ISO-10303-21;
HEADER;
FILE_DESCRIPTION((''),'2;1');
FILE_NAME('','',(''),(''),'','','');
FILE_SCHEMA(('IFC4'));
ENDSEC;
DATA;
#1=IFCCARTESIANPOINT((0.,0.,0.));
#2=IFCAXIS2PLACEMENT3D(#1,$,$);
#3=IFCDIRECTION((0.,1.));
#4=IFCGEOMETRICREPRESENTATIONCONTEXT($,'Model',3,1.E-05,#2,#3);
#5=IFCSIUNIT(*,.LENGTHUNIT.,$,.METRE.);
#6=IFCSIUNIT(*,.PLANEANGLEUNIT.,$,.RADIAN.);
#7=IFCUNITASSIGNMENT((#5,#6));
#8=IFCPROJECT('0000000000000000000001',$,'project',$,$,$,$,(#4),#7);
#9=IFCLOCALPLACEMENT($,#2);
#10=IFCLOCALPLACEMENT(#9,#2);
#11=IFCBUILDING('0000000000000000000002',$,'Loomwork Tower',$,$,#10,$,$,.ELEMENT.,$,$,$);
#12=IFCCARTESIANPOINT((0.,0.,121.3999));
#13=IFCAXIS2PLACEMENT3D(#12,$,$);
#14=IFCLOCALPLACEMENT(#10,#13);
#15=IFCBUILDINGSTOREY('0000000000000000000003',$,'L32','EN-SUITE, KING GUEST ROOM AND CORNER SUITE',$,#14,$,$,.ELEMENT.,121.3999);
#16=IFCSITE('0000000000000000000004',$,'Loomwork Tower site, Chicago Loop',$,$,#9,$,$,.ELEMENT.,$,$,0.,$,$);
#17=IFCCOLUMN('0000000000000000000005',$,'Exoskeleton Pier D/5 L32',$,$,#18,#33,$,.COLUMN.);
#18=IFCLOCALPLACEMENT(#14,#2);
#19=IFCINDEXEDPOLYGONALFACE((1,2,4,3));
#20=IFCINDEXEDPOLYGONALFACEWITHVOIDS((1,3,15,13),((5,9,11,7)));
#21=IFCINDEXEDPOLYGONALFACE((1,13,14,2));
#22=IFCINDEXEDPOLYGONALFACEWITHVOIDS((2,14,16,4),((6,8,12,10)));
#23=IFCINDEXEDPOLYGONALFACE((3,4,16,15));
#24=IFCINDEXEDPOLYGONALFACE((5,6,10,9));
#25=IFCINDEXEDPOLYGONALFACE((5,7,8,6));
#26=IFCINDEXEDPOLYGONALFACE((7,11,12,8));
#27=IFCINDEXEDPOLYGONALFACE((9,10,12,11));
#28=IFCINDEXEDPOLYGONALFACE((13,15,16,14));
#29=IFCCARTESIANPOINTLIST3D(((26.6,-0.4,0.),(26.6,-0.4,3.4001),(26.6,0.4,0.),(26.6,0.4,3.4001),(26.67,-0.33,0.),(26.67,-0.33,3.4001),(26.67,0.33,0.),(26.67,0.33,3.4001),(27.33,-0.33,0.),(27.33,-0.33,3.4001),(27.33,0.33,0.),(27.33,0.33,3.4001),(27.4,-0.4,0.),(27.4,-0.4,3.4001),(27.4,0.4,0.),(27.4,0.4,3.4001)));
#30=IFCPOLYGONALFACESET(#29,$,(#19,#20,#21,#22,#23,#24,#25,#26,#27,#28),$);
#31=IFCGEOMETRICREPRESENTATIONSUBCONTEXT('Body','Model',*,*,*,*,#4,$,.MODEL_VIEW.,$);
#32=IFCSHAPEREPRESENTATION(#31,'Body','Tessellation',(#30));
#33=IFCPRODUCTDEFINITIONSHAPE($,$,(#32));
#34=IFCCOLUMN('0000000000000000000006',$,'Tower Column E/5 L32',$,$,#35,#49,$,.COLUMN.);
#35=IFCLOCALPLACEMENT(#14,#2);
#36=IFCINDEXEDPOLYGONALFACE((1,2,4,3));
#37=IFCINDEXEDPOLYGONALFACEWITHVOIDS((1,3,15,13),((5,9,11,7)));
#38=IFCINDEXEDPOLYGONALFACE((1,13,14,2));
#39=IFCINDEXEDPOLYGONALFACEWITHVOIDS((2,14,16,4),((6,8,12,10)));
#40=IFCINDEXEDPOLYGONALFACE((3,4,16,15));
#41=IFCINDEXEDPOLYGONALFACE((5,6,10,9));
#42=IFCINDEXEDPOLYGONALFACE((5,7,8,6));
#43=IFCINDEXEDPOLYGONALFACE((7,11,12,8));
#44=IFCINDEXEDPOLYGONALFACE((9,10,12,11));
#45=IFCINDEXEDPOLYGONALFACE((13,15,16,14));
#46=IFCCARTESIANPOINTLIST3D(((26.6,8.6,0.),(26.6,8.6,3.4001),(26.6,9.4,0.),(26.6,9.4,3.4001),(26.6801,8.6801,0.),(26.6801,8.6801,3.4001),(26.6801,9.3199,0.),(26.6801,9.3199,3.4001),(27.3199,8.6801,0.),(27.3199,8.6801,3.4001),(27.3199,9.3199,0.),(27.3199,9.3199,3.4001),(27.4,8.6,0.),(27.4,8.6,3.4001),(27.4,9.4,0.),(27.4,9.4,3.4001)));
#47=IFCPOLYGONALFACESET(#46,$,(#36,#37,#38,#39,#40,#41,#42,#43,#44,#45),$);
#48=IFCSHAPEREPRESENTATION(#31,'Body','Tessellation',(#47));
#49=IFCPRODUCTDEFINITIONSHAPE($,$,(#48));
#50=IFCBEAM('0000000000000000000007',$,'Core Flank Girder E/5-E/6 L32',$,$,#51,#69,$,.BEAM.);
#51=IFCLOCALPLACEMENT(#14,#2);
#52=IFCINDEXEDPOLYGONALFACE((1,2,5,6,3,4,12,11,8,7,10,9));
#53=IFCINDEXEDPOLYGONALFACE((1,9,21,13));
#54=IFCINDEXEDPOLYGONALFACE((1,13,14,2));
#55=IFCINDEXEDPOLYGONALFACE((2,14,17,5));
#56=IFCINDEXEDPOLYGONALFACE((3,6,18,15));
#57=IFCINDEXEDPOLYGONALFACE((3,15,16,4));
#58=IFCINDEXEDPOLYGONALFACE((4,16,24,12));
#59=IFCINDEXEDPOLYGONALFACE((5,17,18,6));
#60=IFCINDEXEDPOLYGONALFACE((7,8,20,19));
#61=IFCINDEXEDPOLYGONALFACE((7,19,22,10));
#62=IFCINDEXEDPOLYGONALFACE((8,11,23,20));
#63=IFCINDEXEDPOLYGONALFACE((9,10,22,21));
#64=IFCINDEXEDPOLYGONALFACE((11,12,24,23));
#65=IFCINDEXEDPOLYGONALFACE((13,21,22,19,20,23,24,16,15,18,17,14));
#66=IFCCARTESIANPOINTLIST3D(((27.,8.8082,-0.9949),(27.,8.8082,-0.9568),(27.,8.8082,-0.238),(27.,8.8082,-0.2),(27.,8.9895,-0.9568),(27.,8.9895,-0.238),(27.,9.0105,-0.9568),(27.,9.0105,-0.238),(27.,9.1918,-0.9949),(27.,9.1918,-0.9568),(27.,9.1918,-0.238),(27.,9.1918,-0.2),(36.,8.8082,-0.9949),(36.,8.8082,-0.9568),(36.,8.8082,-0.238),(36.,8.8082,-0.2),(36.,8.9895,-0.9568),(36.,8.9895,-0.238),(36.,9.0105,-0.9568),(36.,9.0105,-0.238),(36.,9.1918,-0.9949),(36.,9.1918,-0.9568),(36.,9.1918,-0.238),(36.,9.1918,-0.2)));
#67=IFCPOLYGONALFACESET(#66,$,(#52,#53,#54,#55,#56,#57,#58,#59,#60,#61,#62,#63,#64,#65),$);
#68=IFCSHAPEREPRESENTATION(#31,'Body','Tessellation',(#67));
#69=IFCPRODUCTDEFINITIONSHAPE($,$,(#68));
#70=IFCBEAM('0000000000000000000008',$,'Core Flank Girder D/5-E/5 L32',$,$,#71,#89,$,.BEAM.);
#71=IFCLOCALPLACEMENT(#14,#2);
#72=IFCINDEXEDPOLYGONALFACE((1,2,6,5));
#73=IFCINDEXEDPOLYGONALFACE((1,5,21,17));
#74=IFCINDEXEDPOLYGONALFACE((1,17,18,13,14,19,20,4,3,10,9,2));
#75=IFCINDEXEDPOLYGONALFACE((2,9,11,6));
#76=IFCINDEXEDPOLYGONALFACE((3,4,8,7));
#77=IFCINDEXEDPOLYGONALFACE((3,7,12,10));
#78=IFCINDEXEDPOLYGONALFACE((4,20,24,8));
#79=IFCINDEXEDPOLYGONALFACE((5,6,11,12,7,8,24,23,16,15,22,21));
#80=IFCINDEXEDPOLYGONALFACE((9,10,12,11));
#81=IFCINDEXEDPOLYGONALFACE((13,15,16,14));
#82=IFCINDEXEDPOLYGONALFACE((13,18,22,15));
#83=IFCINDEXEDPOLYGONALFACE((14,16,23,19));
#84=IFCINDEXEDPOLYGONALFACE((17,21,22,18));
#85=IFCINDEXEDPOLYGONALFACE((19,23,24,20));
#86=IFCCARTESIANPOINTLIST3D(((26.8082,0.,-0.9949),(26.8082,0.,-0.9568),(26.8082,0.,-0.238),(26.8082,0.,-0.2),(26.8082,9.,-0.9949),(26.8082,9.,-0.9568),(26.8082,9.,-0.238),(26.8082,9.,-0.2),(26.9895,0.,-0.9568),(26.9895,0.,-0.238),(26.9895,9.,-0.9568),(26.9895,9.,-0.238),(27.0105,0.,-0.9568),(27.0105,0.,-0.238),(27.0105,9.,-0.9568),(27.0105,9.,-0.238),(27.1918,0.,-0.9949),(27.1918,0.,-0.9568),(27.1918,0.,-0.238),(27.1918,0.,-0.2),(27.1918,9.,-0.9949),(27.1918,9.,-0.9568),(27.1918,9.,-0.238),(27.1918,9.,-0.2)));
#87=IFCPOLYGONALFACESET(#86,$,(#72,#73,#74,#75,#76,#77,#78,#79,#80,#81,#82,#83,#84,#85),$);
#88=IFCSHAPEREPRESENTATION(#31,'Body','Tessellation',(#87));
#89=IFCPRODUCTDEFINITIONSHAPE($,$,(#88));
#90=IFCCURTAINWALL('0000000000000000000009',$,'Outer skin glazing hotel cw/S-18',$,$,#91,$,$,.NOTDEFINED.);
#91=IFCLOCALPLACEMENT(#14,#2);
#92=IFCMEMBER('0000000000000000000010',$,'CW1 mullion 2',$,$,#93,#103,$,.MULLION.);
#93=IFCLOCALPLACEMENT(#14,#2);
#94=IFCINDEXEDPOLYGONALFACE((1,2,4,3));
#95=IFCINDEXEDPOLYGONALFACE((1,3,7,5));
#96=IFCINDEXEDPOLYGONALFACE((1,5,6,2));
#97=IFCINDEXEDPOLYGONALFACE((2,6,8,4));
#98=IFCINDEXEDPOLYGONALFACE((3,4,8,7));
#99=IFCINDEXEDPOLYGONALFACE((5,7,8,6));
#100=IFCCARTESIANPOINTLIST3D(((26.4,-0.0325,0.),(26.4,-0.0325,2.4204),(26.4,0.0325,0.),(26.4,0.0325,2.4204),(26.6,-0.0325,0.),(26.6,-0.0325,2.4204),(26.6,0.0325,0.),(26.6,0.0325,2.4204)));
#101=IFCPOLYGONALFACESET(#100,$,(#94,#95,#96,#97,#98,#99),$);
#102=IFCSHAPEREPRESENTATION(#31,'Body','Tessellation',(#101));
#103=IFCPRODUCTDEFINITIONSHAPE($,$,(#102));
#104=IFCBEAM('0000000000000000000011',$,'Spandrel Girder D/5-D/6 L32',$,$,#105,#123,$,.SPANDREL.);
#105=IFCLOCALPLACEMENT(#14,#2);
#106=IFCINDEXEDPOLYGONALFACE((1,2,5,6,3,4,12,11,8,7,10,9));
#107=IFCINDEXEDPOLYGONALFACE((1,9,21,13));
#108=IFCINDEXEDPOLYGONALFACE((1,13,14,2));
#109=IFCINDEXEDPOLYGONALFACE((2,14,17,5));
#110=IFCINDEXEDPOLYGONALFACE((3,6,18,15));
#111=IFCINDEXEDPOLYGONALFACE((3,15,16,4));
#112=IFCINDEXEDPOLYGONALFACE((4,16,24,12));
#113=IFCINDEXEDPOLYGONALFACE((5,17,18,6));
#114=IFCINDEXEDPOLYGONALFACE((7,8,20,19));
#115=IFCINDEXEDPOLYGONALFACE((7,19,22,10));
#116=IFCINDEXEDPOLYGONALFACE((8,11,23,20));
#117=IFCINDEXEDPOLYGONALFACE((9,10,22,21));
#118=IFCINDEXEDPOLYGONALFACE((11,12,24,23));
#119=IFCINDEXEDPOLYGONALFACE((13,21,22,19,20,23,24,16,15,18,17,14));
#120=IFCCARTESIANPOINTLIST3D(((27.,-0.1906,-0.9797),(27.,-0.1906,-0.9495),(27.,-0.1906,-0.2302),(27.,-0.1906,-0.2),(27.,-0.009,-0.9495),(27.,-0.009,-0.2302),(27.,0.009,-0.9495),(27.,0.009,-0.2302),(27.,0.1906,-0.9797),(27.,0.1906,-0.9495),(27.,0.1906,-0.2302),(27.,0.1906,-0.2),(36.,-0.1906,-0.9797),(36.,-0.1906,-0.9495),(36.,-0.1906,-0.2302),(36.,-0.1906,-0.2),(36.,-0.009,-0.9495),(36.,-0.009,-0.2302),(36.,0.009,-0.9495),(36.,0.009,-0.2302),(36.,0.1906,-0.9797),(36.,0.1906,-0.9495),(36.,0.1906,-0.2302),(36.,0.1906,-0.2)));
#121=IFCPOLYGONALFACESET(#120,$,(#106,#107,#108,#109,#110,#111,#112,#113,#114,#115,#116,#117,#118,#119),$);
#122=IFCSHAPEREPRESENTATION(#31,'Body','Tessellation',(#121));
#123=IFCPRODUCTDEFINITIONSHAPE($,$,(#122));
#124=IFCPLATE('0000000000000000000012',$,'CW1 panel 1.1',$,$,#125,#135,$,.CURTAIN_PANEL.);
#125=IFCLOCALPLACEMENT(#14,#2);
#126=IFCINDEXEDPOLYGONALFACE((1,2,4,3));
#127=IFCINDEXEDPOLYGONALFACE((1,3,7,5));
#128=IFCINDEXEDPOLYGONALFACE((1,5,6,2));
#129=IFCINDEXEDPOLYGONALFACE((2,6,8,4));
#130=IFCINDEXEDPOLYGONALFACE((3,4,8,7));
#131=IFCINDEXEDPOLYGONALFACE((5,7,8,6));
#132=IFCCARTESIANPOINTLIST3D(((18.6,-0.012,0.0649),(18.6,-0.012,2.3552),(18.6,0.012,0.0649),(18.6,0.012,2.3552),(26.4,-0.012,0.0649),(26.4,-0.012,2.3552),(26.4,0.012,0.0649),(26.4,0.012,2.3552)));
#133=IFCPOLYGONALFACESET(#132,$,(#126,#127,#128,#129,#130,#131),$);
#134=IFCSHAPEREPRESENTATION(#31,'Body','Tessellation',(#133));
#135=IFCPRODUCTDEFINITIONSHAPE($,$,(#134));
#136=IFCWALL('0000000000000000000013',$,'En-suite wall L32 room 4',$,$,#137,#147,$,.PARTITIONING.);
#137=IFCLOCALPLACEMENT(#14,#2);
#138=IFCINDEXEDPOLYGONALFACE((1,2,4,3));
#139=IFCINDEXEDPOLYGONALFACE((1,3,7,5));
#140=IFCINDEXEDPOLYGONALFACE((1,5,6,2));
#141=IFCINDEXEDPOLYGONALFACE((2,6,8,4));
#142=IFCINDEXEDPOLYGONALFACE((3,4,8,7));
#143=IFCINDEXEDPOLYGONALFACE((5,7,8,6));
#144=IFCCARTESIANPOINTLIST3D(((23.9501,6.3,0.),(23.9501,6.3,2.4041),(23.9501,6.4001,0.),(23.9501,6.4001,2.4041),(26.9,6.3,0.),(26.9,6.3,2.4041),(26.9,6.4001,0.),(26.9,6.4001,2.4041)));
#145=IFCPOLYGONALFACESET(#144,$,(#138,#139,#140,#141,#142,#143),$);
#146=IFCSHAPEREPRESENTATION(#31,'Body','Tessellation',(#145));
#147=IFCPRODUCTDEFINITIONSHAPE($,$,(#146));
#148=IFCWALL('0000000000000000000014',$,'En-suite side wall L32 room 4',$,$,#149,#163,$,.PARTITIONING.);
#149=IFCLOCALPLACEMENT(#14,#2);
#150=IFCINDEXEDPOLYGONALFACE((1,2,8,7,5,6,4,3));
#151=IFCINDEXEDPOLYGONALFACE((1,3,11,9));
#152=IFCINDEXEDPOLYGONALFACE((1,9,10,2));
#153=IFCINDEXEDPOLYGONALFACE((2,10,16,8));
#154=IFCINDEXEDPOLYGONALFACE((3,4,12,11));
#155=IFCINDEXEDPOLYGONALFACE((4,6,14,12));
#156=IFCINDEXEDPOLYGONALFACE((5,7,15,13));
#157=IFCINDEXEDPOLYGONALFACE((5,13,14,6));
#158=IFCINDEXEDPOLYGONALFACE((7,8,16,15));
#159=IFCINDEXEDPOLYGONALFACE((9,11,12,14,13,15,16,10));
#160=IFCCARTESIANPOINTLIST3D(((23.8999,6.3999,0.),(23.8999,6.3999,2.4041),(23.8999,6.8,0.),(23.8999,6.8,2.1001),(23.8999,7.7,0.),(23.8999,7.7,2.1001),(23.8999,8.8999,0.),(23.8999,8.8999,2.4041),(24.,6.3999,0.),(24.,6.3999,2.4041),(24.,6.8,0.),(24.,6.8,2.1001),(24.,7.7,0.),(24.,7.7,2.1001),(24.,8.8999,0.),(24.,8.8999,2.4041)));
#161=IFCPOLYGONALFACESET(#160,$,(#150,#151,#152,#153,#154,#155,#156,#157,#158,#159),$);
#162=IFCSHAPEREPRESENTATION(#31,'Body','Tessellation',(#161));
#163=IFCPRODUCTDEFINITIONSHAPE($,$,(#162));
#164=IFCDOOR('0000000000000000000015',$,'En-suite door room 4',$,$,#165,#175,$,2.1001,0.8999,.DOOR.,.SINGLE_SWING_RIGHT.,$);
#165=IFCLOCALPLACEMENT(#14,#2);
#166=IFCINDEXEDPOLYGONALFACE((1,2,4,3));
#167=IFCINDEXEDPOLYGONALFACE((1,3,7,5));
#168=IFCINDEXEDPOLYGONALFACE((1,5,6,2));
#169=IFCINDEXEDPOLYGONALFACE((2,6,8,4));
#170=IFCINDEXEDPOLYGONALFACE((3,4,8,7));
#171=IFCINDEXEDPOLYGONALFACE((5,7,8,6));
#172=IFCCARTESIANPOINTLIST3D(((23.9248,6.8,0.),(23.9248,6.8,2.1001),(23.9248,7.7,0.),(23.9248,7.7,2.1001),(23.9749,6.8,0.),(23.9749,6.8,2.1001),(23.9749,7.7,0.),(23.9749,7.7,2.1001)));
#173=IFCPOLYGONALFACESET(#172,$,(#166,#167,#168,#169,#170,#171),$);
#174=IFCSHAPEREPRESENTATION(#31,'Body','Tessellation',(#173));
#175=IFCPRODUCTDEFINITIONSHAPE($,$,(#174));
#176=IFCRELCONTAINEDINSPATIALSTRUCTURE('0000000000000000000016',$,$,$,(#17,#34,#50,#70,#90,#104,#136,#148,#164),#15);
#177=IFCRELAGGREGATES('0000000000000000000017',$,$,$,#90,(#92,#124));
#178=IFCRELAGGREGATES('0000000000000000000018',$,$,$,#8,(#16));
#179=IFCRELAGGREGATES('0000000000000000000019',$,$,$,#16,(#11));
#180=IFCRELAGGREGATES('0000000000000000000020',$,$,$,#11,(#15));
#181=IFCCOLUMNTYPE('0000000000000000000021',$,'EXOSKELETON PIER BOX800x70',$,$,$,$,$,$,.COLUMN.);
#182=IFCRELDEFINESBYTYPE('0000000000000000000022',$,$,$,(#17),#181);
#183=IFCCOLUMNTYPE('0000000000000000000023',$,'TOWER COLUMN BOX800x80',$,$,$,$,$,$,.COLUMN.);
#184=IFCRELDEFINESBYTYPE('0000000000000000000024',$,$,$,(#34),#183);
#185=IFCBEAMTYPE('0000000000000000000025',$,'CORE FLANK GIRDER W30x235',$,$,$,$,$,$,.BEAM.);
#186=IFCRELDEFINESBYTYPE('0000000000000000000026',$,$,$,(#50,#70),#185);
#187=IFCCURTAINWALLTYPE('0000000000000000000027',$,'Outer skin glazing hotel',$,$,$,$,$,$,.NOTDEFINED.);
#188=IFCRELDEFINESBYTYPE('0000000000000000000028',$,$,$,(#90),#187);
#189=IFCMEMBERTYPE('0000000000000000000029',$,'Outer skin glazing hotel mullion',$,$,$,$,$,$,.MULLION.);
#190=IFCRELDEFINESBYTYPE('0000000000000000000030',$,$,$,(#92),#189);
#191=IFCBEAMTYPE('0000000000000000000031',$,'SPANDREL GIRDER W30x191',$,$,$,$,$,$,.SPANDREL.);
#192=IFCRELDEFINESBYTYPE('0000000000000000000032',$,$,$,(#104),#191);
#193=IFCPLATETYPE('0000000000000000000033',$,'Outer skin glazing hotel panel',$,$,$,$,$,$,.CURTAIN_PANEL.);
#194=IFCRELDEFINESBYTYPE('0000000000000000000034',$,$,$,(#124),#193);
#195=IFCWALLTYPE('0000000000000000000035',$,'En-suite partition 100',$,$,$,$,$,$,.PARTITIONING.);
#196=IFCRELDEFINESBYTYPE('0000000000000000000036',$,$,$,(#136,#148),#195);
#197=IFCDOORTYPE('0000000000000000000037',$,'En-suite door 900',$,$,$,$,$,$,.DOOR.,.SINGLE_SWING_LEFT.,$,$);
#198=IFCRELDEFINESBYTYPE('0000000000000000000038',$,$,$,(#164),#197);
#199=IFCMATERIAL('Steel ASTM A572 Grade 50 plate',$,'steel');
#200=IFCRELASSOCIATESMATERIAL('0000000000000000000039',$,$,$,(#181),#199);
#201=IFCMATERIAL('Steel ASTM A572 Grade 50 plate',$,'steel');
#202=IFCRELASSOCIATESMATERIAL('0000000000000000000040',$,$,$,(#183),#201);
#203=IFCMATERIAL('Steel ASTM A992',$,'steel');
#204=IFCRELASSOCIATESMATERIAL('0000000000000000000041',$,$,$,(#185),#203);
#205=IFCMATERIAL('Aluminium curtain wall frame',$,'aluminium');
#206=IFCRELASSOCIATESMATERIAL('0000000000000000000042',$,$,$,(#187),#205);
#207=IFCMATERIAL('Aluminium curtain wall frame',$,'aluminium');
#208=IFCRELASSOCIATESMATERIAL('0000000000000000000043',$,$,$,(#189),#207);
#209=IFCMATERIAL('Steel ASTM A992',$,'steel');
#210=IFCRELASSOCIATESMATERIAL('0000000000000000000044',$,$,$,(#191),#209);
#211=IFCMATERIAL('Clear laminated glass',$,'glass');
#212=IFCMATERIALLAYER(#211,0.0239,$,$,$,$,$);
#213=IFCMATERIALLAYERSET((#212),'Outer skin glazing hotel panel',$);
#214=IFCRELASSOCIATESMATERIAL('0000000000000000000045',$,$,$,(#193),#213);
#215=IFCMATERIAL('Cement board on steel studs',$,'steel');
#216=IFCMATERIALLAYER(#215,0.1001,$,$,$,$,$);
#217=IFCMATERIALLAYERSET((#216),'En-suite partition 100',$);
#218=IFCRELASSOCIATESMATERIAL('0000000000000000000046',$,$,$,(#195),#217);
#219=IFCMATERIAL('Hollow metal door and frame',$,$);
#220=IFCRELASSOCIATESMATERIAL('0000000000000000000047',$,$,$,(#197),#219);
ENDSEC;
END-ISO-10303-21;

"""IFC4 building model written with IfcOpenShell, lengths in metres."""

from ifc_helpers import new_model, si_unit, direction, frame, frame_2d, origin, origin_2d, place, context, subcontext, project, spatial, rectangle, hollow_rectangle, i_section, extrude, material, layer, layer_set, material_profile, profile_set, type_object, element, fill, aggregate, save


model = new_model("IFC4")

# Units and contexts
model_context = context("Model", 3, precision=1e-05, world=origin(), true_north=direction((0.0, 1.0)))
body_context = subcontext(model_context, "Body", "Model", "MODEL_VIEW")
ifc_project = project(units=[si_unit("LENGTHUNIT", "METRE"), si_unit("PLANEANGLEUNIT", "RADIAN")], contexts=[model_context])

# Site, building, storey
site_placement = place(None, origin())
site = spatial("IfcSite", under=ifc_project, at=site_placement, Name="Loomwork Tower site, Chicago Loop", CompositionType="ELEMENT", RefElevation=0.0)
building_placement = place(site_placement, origin())
building = spatial("IfcBuilding", under=site, at=building_placement, Name="Loomwork Tower", CompositionType="ELEMENT")
storey_placement = place(building_placement, frame((0.0, 0.0, 121.3999)))
storey = spatial("IfcBuildingStorey", under=building, at=storey_placement, Name="L32", Description="EN-SUITE, KING GUEST ROOM AND CORNER SUITE", CompositionType="ELEMENT", Elevation=121.3999)

# Columns
ifc_material_1 = material(Name="Steel ASTM A572 Grade 50 plate", Category="steel")
ifc_material_profile_1 = material_profile(ifc_material_1, hollow_rectangle(XDim=0.8, YDim=0.8, WallThickness=0.0701, at=origin_2d()), Name="BOX800x70")
ifc_profile_set_1 = profile_set([ifc_material_profile_1], Name="Steel ASTM A572 Grade 50 plate")
column_type_1 = type_object("IfcColumnType", Name="EXOSKELETON PIER BOX800x70", PredefinedType="COLUMN", material=ifc_profile_set_1)
column_1_placement = place(storey_placement, frame((27.0, 0.0, 0.0), z_axis=(0.0, 0.0, 1.0), x_axis=(1.0, 0.0, 0.0)))
element("IfcColumn", 1, at=column_1_placement, inside=storey, type_object=column_type_1, Name="Exoskeleton Pier D/5 L32", PredefinedType="COLUMN", context=body_context, shape_type="SweptSolid", body=[
    extrude(hollow_rectangle(XDim=0.8, YDim=0.8, WallThickness=0.0701, at=origin_2d()), origin(), (0.0, 0.0, 1.0), 3.4001),
])
ifc_material_2 = material(Name="Steel ASTM A572 Grade 50 plate", Category="steel")
ifc_material_profile_2 = material_profile(ifc_material_2, hollow_rectangle(XDim=0.8, YDim=0.8, WallThickness=0.0801, at=origin_2d()), Name="BOX800x80")
ifc_profile_set_2 = profile_set([ifc_material_profile_2], Name="Steel ASTM A572 Grade 50 plate")
column_type_2 = type_object("IfcColumnType", Name="TOWER COLUMN BOX800x80", PredefinedType="COLUMN", material=ifc_profile_set_2)
column_2_placement = place(storey_placement, frame((27.0, 9.0, 0.0), z_axis=(0.0, 0.0, 1.0), x_axis=(1.0, 0.0, 0.0)))
element("IfcColumn", 2, at=column_2_placement, inside=storey, type_object=column_type_2, Name="Tower Column E/5 L32", PredefinedType="COLUMN", context=body_context, shape_type="SweptSolid", body=[
    extrude(hollow_rectangle(XDim=0.8, YDim=0.8, WallThickness=0.0801, at=origin_2d()), origin(), (0.0, 0.0, 1.0), 3.4001),
])

# Beams
ifc_material_3 = material(Name="Steel ASTM A992", Category="steel")
ifc_material_profile_3 = material_profile(ifc_material_3, i_section(OverallWidth=0.3835, OverallDepth=0.7949, WebThickness=0.021, FlangeThickness=0.0381, at=origin_2d()), Name="W30x235")
ifc_profile_set_3 = profile_set([ifc_material_profile_3], Name="Steel ASTM A992")
beam_type_1 = type_object("IfcBeamType", Name="CORE FLANK GIRDER W30x235", PredefinedType="BEAM", material=ifc_profile_set_3)
for number, where, z_axis, x_axis, name in (
    (3, (27.0, 9.0, -0.5974), (1.0, 0.0, 0.0), (0.0, 1.0, 0.0), "Core Flank Girder E/5-E/6 L32"),
    (4, (27.0, 0.0, -0.5974), (0.0, 1.0, 0.0), (-1.0, 0.0, 0.0), "Core Flank Girder D/5-E/5 L32"),
):
    element("IfcBeam", number, at=place(storey_placement, frame(where, z_axis=z_axis, x_axis=x_axis)), inside=storey, type_object=beam_type_1, Name=name, PredefinedType="BEAM", context=body_context, shape_type="SweptSolid", body=[
        extrude(i_section(OverallWidth=0.3835, OverallDepth=0.7949, WebThickness=0.021, FlangeThickness=0.0381, at=origin_2d()), origin(), (0.0, 0.0, 1.0), 9.0),
    ])

# Curtain wall, member
ifc_material_4 = material(Name="Aluminium curtain wall frame", Category="aluminium")
curtain_wall_type = type_object("IfcCurtainWallType", Name="Outer skin glazing hotel", PredefinedType="NOTDEFINED", material=ifc_material_4)
curtain_wall_placement = place(storey_placement, origin())
curtain_wall = element("IfcCurtainWall", 5, at=curtain_wall_placement, inside=storey, type_object=curtain_wall_type, Name="Outer skin glazing hotel cw/S-18", PredefinedType="NOTDEFINED")
ifc_material_5 = material(Name="Aluminium curtain wall frame", Category="aluminium")
ifc_material_profile_4 = material_profile(ifc_material_5, rectangle(XDim=0.0649, YDim=0.2, at=origin_2d()), Name="AL 65x200")
ifc_profile_set_4 = profile_set([ifc_material_profile_4], Name="Aluminium curtain wall frame")
member_type = type_object("IfcMemberType", Name="Outer skin glazing hotel mullion", PredefinedType="MULLION", material=ifc_profile_set_4)
member_placement = place(storey_placement, frame((26.5, 0.0, 0.0), z_axis=(0.0, 0.0, 1.0), x_axis=(0.0, 1.0, 0.0)))
member = element("IfcMember", 6, at=member_placement, type_object=member_type, Name="CW1 mullion 2", PredefinedType="MULLION", context=body_context, shape_type="SweptSolid", body=[
    extrude(rectangle(XDim=0.0649, YDim=0.2, at=origin_2d()), origin(), (0.0, 0.0, 1.0), 2.4204),
])

# Beam
ifc_material_6 = material(Name="Steel ASTM A992", Category="steel")
ifc_material_profile_5 = material_profile(ifc_material_6, i_section(OverallWidth=0.3811, OverallDepth=0.7798, WebThickness=0.0181, FlangeThickness=0.0303, at=origin_2d()), Name="W30x191")
ifc_profile_set_5 = profile_set([ifc_material_profile_5], Name="Steel ASTM A992")
beam_type_2 = type_object("IfcBeamType", Name="SPANDREL GIRDER W30x191", PredefinedType="SPANDREL", material=ifc_profile_set_5)
beam_placement = place(storey_placement, frame((27.0, 0.0, -0.5898), z_axis=(1.0, 0.0, 0.0), x_axis=(0.0, 1.0, 0.0)))
element("IfcBeam", 7, at=beam_placement, inside=storey, type_object=beam_type_2, Name="Spandrel Girder D/5-D/6 L32", PredefinedType="SPANDREL", context=body_context, shape_type="SweptSolid", body=[
    extrude(i_section(OverallWidth=0.3811, OverallDepth=0.7798, WebThickness=0.0181, FlangeThickness=0.0303, at=origin_2d()), origin(), (0.0, 0.0, 1.0), 9.0),
])

# Plate
ifc_material_7 = material(Name="Clear laminated glass", Category="glass")
ifc_layer_1 = layer(ifc_material_7, 0.0239)
ifc_layer_set_1 = layer_set([ifc_layer_1], Name="Outer skin glazing hotel panel")
plate_type = type_object("IfcPlateType", Name="Outer skin glazing hotel panel", PredefinedType="CURTAIN_PANEL", material=ifc_layer_set_1)
plate_placement = place(storey_placement, frame((22.5, 0.0, 0.0649), z_axis=(0.0, 0.0, 1.0), x_axis=(1.0, 0.0, 0.0)))
plate = element("IfcPlate", 8, at=plate_placement, type_object=plate_type, Name="CW1 panel 1.1", PredefinedType="CURTAIN_PANEL", context=body_context, shape_type="SweptSolid", body=[
    extrude(rectangle(XDim=7.8, YDim=0.0239, at=origin_2d()), origin(), (0.0, 0.0, 1.0), 2.2903),
])
aggregate(curtain_wall, [member, plate])

# Wall
ifc_material_8 = material(Name="Cement board on steel studs", Category="steel")
ifc_layer_2 = layer(ifc_material_8, 0.1001)
ifc_layer_set_2 = layer_set([ifc_layer_2], Name="En-suite partition 100")
wall_type_1 = type_object("IfcWallType", Name="En-suite partition 100", PredefinedType="PARTITIONING", material=ifc_layer_set_2)
wall_1_placement = place(storey_placement, frame((23.95, 6.3501, 0.0), z_axis=(0.0, 0.0, 1.0), x_axis=(1.0, 0.0, 0.0)))
element("IfcWall", 9, at=wall_1_placement, inside=storey, type_object=wall_type_1, Name="En-suite wall L32 room 4", PredefinedType="PARTITIONING", context=body_context, shape_type="SweptSolid", body=[
    extrude(rectangle(XDim=2.95, YDim=0.1001, at=frame_2d((1.4751, 0.0))), origin(), (0.0, 0.0, 1.0), 2.4041),
])

# Wall, opening, door
wall_2_placement = place(storey_placement, frame((23.95, 8.8999, 0.0), z_axis=(0.0, 0.0, 1.0), x_axis=(0.0, -1.0, 0.0)))
wall_2 = element("IfcWall", 10, at=wall_2_placement, inside=storey, type_object=wall_type_1, Name="En-suite side wall L32 room 4", PredefinedType="PARTITIONING", context=body_context, shape_type="SweptSolid", body=[
    extrude(rectangle(XDim=2.5, YDim=0.1001, at=frame_2d((1.25, 0.0))), origin(), (0.0, 0.0, 1.0), 2.4041),
])
opening_placement = place(wall_2_placement, frame((1.2, 0.0, 0.0)))
opening = element("IfcOpeningElement", 11, at=opening_placement, cuts=wall_2, PredefinedType="OPENING", context=body_context, shape_type="SweptSolid", body=[
    extrude(rectangle(XDim=0.8999, YDim=2.1001, at=frame_2d((0.45, 1.05))), frame((0.0, 0.0601, 0.0), z_axis=(0.0, -1.0, 0.0), x_axis=(1.0, 0.0, 0.0)), (0.0, 0.0, 1.0), 0.1201),
])
ifc_material_9 = material(Name="Hollow metal door and frame")
door_type = type_object("IfcDoorType", Name="En-suite door 900", OperationType="SINGLE_SWING_LEFT", PredefinedType="DOOR", material=ifc_material_9)
door_placement = place(opening_placement, origin())
door = element("IfcDoor", 12, at=door_placement, inside=storey, type_object=door_type, Name="En-suite door room 4", OperationType="SINGLE_SWING_RIGHT", OverallHeight=2.1001, OverallWidth=0.8999, PredefinedType="DOOR", context=body_context, shape_type="SweptSolid", body=[
    extrude(rectangle(XDim=0.8999, YDim=2.1001, at=frame_2d((0.45, 1.05))), frame((0.0, 0.0249, 0.0), z_axis=(0.0, -1.0, 0.0), x_axis=(1.0, 0.0, 0.0)), (0.0, 0.0, 1.0), 0.05),
])
fill(opening, door)

save(model, "model.ifc")
